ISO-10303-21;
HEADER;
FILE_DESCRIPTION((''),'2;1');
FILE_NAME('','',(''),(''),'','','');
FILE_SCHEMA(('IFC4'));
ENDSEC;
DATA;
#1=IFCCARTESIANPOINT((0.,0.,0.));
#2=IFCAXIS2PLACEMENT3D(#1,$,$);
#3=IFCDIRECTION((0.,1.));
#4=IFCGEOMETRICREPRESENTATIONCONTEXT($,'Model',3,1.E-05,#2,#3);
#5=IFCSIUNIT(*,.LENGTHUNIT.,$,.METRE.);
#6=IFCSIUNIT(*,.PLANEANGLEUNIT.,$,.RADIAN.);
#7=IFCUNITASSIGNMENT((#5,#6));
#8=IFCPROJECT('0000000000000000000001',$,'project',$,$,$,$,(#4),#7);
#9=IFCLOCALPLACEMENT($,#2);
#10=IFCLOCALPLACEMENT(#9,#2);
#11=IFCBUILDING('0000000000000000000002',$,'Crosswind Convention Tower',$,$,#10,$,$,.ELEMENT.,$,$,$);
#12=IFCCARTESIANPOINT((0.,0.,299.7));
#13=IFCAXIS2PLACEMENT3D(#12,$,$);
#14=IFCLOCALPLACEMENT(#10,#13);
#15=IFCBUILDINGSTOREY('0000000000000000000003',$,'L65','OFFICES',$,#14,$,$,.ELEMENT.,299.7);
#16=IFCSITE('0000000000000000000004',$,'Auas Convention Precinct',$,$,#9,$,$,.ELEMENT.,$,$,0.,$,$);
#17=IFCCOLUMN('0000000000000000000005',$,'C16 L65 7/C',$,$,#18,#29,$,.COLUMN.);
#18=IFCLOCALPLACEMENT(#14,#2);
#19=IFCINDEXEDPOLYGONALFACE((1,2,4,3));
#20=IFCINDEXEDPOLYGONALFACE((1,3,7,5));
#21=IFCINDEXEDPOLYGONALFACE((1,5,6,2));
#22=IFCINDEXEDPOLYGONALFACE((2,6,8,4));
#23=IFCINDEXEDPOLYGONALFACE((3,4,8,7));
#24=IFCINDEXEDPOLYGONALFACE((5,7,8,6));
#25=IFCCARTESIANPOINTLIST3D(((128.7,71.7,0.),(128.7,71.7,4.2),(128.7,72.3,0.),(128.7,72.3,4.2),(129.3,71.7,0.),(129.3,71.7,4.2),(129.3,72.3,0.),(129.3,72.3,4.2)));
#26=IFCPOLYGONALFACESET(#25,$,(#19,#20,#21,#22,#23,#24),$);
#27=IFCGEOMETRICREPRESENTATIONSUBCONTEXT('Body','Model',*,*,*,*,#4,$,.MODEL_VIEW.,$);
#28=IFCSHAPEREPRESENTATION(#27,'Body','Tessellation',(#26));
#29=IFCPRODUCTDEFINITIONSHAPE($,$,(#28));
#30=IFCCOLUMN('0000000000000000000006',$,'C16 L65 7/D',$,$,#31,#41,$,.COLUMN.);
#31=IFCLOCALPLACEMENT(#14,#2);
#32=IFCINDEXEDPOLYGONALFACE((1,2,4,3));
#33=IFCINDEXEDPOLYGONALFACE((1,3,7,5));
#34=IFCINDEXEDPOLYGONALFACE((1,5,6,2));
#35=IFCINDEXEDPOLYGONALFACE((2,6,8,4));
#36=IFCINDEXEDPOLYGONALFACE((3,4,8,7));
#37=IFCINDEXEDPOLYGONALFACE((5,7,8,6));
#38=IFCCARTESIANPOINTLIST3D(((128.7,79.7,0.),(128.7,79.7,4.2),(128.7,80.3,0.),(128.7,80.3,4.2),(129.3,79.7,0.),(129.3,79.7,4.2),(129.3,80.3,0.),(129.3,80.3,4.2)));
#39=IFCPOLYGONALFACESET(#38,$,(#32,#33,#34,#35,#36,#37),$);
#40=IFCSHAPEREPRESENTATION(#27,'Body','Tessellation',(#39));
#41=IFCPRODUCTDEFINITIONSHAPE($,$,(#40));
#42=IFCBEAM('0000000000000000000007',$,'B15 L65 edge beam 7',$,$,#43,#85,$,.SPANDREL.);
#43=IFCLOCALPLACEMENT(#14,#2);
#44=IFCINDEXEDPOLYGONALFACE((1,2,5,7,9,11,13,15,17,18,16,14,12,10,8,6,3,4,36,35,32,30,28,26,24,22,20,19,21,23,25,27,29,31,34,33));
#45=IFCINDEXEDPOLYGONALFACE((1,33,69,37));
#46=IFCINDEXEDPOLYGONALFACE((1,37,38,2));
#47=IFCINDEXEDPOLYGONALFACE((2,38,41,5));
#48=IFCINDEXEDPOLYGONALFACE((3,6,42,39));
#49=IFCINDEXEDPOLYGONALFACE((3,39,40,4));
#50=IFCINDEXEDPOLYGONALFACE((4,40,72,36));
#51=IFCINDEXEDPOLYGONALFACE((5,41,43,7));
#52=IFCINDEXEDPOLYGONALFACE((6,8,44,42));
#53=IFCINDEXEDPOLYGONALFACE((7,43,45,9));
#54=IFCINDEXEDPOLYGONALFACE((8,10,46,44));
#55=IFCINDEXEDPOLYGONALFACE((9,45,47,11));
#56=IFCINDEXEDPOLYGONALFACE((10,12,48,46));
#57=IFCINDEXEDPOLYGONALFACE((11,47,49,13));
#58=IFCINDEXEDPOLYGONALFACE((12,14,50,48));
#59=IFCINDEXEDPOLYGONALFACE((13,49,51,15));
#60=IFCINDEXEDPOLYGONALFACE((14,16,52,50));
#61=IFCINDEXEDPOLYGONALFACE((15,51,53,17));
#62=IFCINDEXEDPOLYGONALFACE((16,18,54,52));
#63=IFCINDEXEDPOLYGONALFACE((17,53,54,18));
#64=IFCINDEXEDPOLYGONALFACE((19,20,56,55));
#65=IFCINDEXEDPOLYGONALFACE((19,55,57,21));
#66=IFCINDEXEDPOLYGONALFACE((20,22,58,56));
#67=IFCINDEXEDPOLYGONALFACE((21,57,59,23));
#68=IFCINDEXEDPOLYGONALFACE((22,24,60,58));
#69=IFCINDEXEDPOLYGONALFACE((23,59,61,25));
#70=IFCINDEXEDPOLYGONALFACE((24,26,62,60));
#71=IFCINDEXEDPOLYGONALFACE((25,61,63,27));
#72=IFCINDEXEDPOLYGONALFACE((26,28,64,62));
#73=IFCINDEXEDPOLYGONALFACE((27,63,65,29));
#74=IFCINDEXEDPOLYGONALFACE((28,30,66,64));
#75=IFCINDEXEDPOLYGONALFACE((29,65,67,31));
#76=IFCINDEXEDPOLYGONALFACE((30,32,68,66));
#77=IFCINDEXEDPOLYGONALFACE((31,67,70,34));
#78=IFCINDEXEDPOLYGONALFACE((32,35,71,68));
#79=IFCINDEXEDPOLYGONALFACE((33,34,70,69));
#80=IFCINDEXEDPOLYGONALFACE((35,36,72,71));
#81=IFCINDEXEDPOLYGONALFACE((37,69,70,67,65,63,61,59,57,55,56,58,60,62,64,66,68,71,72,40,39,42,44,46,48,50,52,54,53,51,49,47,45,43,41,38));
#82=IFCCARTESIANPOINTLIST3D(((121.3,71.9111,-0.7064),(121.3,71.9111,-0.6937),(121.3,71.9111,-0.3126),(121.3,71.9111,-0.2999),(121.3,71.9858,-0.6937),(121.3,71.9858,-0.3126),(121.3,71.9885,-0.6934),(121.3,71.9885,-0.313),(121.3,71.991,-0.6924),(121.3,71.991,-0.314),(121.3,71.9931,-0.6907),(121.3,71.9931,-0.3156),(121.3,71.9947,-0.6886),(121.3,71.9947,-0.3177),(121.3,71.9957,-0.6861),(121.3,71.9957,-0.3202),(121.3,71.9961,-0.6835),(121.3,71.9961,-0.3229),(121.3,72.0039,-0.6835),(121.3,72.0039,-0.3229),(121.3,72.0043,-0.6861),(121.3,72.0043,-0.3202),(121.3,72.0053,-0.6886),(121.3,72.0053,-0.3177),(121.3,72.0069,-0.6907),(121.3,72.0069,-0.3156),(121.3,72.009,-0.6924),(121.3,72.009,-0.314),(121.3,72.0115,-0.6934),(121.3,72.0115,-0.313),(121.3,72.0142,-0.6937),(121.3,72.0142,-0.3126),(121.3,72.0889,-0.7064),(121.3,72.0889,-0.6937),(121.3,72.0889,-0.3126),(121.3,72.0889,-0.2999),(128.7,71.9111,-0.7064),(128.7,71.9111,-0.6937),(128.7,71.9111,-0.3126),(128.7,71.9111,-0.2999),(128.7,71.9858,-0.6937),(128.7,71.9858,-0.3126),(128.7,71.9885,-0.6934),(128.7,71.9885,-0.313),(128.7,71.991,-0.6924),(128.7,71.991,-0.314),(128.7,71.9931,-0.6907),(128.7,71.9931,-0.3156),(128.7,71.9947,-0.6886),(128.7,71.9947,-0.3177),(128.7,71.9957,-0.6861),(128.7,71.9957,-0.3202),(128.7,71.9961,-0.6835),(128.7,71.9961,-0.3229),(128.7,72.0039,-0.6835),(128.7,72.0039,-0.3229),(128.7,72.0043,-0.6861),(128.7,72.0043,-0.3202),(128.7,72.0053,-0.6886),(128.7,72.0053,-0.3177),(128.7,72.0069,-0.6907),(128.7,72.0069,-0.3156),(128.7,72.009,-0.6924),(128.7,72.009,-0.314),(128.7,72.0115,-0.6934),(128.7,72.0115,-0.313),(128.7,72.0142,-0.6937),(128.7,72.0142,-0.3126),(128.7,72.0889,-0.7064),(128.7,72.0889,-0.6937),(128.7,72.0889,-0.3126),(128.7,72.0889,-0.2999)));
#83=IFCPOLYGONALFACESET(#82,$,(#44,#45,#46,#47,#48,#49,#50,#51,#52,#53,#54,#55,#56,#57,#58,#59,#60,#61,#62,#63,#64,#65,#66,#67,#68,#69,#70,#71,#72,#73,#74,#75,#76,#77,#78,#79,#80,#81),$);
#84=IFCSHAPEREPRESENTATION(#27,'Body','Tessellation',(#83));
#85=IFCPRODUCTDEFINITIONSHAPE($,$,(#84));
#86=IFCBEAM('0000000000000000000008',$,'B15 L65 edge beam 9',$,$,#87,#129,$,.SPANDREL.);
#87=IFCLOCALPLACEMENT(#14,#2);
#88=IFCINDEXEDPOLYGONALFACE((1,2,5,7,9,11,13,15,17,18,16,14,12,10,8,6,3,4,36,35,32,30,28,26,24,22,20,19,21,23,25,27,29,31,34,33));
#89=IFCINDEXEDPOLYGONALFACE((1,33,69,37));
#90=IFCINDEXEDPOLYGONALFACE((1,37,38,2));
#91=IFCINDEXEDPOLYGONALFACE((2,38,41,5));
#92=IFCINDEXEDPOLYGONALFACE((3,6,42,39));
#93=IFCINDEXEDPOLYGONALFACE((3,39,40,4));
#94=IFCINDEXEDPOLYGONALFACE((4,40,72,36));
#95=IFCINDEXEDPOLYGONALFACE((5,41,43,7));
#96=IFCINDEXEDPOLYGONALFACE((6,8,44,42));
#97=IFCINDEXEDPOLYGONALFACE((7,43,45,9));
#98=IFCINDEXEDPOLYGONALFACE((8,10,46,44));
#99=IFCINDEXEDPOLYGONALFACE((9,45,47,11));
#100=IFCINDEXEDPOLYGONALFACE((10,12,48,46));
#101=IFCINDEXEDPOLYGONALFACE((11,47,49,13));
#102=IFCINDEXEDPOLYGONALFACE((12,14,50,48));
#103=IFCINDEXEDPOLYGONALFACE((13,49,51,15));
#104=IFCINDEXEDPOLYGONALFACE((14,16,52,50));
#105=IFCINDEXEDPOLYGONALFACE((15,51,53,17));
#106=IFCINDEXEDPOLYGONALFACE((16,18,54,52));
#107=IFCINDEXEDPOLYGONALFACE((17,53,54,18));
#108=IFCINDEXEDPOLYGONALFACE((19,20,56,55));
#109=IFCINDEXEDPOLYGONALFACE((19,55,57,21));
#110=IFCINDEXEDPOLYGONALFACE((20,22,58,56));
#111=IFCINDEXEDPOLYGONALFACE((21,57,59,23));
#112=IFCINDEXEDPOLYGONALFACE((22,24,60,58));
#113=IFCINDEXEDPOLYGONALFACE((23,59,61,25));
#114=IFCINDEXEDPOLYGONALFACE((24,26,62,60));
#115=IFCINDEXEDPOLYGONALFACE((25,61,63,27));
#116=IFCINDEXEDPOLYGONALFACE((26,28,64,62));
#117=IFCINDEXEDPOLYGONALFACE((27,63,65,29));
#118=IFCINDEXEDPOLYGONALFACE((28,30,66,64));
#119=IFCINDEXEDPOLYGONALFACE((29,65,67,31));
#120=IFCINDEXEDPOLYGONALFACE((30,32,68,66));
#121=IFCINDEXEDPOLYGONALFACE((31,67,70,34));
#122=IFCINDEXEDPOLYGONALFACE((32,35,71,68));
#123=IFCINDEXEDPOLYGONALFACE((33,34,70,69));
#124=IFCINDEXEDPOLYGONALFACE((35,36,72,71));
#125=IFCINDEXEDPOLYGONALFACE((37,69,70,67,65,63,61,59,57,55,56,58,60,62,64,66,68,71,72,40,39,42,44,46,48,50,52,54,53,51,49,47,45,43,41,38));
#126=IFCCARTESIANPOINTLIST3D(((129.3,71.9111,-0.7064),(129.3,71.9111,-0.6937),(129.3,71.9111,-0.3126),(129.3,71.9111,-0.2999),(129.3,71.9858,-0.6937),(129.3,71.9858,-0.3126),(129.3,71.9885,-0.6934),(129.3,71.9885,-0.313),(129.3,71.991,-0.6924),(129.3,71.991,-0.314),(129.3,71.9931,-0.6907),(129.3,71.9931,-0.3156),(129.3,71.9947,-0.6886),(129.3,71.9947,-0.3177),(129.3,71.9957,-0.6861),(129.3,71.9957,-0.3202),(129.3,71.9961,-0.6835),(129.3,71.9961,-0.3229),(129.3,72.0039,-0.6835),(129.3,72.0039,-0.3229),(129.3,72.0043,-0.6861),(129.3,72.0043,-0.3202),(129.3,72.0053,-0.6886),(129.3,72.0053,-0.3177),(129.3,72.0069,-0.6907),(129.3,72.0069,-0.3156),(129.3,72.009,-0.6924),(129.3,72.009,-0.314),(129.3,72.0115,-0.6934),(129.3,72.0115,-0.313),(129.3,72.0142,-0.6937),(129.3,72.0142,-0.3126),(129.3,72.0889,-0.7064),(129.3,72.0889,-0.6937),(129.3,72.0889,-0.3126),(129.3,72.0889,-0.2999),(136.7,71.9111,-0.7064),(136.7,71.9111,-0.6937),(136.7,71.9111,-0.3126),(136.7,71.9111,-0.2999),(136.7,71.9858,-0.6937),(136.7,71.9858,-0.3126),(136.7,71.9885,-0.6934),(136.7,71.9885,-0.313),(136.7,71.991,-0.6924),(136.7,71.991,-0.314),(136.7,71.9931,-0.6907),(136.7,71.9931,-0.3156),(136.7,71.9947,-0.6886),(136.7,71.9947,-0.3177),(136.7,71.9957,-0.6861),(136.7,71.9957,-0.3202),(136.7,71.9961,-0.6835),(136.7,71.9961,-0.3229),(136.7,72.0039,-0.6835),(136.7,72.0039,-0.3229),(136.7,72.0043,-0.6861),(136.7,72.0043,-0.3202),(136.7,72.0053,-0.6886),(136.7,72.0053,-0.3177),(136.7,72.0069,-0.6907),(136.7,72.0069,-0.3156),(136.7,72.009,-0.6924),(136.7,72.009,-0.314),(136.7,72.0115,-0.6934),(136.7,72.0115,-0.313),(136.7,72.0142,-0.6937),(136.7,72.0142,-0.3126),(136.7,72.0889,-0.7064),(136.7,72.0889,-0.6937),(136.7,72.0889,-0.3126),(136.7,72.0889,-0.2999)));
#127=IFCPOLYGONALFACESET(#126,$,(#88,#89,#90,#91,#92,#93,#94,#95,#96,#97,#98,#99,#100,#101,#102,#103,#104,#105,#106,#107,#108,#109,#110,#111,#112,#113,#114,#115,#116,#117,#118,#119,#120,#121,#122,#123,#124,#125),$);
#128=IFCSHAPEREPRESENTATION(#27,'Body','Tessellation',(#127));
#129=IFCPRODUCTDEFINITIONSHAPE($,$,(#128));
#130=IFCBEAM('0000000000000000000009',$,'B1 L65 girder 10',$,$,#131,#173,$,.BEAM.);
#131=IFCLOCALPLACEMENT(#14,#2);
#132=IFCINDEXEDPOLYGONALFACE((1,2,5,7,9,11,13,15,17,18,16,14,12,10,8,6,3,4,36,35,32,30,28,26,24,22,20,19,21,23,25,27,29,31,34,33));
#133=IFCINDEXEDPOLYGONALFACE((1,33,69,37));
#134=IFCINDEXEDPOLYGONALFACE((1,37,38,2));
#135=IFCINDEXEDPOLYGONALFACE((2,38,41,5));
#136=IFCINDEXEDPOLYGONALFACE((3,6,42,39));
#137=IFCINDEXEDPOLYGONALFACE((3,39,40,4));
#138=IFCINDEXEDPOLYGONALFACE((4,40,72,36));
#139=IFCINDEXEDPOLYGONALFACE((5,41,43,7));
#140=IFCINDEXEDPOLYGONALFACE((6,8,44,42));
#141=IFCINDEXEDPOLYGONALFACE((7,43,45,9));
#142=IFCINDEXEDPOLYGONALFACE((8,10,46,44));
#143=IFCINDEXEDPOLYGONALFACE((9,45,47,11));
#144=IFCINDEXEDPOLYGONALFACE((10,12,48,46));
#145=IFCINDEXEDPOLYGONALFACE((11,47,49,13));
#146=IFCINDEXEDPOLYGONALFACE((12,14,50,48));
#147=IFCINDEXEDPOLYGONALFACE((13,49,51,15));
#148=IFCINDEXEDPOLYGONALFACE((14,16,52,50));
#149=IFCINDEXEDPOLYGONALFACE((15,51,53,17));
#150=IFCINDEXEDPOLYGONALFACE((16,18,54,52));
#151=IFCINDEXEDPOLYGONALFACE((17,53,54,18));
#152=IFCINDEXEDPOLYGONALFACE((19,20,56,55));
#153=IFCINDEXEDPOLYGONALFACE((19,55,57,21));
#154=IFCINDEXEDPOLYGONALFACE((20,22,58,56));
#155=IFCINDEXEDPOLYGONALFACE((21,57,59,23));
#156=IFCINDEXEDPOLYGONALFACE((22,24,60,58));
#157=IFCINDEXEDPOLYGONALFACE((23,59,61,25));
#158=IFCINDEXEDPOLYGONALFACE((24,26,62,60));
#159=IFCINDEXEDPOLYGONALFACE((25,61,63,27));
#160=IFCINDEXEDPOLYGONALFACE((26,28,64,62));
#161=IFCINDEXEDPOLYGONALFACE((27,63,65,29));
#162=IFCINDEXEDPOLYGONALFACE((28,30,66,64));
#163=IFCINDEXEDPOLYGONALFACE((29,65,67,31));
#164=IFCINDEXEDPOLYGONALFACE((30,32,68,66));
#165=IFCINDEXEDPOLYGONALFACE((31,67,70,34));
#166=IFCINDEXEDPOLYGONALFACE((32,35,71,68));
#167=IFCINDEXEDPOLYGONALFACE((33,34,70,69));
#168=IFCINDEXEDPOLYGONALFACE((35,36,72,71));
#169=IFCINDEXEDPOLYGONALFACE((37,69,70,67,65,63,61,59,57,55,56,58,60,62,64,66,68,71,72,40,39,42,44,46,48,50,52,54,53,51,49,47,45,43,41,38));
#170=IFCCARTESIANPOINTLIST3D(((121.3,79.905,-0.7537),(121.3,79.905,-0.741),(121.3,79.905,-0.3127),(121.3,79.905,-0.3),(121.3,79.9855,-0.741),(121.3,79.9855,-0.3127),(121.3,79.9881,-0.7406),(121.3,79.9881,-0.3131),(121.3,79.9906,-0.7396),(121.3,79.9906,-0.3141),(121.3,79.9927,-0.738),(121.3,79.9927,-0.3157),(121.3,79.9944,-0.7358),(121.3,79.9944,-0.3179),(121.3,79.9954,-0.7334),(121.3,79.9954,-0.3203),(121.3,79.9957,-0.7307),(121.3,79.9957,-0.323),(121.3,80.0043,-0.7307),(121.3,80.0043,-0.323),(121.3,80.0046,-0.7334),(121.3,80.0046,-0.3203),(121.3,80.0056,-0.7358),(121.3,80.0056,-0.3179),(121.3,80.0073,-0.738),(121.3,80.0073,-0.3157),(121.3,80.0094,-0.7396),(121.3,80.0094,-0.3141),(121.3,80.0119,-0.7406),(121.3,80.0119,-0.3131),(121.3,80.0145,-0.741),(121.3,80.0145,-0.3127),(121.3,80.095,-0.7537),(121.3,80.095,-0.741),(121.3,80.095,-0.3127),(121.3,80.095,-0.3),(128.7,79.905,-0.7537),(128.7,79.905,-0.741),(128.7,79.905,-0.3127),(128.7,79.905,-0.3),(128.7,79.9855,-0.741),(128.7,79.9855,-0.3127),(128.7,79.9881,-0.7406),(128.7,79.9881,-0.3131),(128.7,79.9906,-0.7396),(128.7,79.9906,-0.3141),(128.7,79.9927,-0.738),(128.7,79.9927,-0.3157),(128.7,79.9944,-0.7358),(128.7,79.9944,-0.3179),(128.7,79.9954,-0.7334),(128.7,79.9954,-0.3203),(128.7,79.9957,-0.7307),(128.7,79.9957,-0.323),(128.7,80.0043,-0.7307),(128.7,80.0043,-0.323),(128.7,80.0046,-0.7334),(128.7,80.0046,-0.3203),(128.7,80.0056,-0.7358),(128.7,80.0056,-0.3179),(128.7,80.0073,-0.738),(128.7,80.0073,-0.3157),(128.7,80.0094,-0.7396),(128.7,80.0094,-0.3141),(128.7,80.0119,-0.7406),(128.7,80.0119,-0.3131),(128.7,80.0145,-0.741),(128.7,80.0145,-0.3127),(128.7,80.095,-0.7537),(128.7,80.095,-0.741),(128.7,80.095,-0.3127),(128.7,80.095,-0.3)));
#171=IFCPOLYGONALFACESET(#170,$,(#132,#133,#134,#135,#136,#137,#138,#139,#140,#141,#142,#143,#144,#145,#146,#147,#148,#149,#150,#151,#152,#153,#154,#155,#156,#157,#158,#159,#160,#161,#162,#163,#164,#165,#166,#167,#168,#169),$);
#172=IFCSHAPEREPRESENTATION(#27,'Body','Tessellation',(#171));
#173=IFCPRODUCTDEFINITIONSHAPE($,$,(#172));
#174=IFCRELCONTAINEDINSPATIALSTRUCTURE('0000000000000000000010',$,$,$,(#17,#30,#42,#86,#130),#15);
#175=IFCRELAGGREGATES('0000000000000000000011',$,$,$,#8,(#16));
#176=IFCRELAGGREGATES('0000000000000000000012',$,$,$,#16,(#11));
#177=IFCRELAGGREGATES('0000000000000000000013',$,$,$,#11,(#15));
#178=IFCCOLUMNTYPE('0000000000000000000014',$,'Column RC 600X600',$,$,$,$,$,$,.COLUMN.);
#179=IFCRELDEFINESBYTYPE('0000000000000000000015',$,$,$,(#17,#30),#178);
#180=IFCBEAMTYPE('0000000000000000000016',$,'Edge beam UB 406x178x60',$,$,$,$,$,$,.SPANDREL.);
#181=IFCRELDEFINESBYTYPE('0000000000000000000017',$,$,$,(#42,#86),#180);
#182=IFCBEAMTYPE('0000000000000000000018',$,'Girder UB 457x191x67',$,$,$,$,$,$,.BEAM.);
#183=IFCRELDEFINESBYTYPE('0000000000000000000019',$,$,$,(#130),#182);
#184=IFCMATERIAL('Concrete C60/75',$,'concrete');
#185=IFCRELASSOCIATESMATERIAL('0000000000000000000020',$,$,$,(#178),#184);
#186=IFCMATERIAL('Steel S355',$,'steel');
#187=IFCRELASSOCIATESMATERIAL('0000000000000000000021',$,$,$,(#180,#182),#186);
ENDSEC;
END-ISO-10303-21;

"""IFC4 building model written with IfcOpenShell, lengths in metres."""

from ifc_helpers import new_model, si_unit, direction, frame, origin, origin_2d, place, context, subcontext, project, spatial, rectangle, i_section, extrude, material, material_profile, profile_set, type_object, element, save


model = new_model("IFC4")

# Units and contexts
model_context = context("Model", 3, precision=1e-05, world=origin(), true_north=direction((0.0, 1.0)))
body_context = subcontext(model_context, "Body", "Model", "MODEL_VIEW")
ifc_project = project(units=[si_unit("LENGTHUNIT", "METRE"), si_unit("PLANEANGLEUNIT", "RADIAN")], contexts=[model_context])

# Site, building, storey
site_placement = place(None, origin())
site = spatial("IfcSite", under=ifc_project, at=site_placement, Name="Auas Convention Precinct", CompositionType="ELEMENT", RefElevation=0.0)
building_placement = place(site_placement, origin())
building = spatial("IfcBuilding", under=site, at=building_placement, Name="Crosswind Convention Tower", CompositionType="ELEMENT")
storey_placement = place(building_placement, frame((0.0, 0.0, 299.7)))
storey = spatial("IfcBuildingStorey", under=building, at=storey_placement, Name="L65", Description="OFFICES", CompositionType="ELEMENT", Elevation=299.7)

# Columns
ifc_material_1 = material(Name="Concrete C60/75", Category="concrete")
ifc_material_profile_1 = material_profile(ifc_material_1, rectangle(XDim=0.6001, YDim=0.6001, at=origin_2d()), Name="RC 600X600")
ifc_profile_set_1 = profile_set([ifc_material_profile_1], Name="Concrete C60/75")
column_type = type_object("IfcColumnType", Name="Column RC 600X600", PredefinedType="COLUMN", material=ifc_profile_set_1)
for number, where, z_axis, x_axis, name in (
    (1, (129.0, 72.0, 0.0), (0.0, 0.0, 1.0), (1.0, 0.0, 0.0), "C16 L65 7/C"),
    (2, (129.0, 80.0, 0.0), (0.0, 0.0, 1.0), (1.0, 0.0, 0.0), "C16 L65 7/D"),
):
    element("IfcColumn", number, at=place(storey_placement, frame(where, z_axis=z_axis, x_axis=x_axis)), inside=storey, type_object=column_type, Name=name, PredefinedType="COLUMN", context=body_context, shape_type="SweptSolid", body=[
        extrude(rectangle(XDim=0.6001, YDim=0.6001, at=origin_2d()), origin(), (0.0, 0.0, 1.0), 4.2),
    ])

# Beams
ifc_material_2 = material(Name="Steel S355", Category="steel")
ifc_material_profile_2 = material_profile(ifc_material_2, i_section(OverallWidth=0.1777, OverallDepth=0.4065, WebThickness=0.0078, FlangeThickness=0.0127, FilletRadius=0.0103, at=origin_2d()), Name="UB 406x178x60")
ifc_profile_set_2 = profile_set([ifc_material_profile_2], Name="Steel S355")
beam_type_1 = type_object("IfcBeamType", Name="Edge beam UB 406x178x60", PredefinedType="SPANDREL", material=ifc_profile_set_2)
for number, where, z_axis, x_axis, name in (
    (3, (121.3, 72.0, -0.5032), (1.0, 0.0, 0.0), (0.0, 1.0, 0.0), "B15 L65 edge beam 7"),
    (4, (129.3, 72.0, -0.5032), (1.0, 0.0, 0.0), (0.0, 1.0, 0.0), "B15 L65 edge beam 9"),
):
    element("IfcBeam", number, at=place(storey_placement, frame(where, z_axis=z_axis, x_axis=x_axis)), inside=storey, type_object=beam_type_1, Name=name, PredefinedType="SPANDREL", context=body_context, shape_type="SweptSolid", body=[
        extrude(i_section(OverallWidth=0.1777, OverallDepth=0.4065, WebThickness=0.0078, FlangeThickness=0.0127, FilletRadius=0.0103, at=origin_2d()), origin(), (0.0, 0.0, 1.0), 7.3999),
    ])
ifc_material_profile_3 = material_profile(ifc_material_2, i_section(OverallWidth=0.1899, OverallDepth=0.4536, WebThickness=0.0085, FlangeThickness=0.0127, FilletRadius=0.0103, at=origin_2d()), Name="UB 457x191x67")
ifc_profile_set_3 = profile_set([ifc_material_profile_3], Name="Steel S355")
beam_type_2 = type_object("IfcBeamType", Name="Girder UB 457x191x67", PredefinedType="BEAM", material=ifc_profile_set_3)
for number, where, z_axis, x_axis, name in (
    (5, (121.3, 80.0, -0.5269), (1.0, 0.0, 0.0), (0.0, 1.0, 0.0), "B1 L65 girder 10"),
):
    element("IfcBeam", number, at=place(storey_placement, frame(where, z_axis=z_axis, x_axis=x_axis)), inside=storey, type_object=beam_type_2, Name=name, PredefinedType="BEAM", context=body_context, shape_type="SweptSolid", body=[
        extrude(i_section(OverallWidth=0.1899, OverallDepth=0.4536, WebThickness=0.0085, FlangeThickness=0.0127, FilletRadius=0.0103, at=origin_2d()), origin(), (0.0, 0.0, 1.0), 7.3999),
    ])

save(model, "model.ifc")
